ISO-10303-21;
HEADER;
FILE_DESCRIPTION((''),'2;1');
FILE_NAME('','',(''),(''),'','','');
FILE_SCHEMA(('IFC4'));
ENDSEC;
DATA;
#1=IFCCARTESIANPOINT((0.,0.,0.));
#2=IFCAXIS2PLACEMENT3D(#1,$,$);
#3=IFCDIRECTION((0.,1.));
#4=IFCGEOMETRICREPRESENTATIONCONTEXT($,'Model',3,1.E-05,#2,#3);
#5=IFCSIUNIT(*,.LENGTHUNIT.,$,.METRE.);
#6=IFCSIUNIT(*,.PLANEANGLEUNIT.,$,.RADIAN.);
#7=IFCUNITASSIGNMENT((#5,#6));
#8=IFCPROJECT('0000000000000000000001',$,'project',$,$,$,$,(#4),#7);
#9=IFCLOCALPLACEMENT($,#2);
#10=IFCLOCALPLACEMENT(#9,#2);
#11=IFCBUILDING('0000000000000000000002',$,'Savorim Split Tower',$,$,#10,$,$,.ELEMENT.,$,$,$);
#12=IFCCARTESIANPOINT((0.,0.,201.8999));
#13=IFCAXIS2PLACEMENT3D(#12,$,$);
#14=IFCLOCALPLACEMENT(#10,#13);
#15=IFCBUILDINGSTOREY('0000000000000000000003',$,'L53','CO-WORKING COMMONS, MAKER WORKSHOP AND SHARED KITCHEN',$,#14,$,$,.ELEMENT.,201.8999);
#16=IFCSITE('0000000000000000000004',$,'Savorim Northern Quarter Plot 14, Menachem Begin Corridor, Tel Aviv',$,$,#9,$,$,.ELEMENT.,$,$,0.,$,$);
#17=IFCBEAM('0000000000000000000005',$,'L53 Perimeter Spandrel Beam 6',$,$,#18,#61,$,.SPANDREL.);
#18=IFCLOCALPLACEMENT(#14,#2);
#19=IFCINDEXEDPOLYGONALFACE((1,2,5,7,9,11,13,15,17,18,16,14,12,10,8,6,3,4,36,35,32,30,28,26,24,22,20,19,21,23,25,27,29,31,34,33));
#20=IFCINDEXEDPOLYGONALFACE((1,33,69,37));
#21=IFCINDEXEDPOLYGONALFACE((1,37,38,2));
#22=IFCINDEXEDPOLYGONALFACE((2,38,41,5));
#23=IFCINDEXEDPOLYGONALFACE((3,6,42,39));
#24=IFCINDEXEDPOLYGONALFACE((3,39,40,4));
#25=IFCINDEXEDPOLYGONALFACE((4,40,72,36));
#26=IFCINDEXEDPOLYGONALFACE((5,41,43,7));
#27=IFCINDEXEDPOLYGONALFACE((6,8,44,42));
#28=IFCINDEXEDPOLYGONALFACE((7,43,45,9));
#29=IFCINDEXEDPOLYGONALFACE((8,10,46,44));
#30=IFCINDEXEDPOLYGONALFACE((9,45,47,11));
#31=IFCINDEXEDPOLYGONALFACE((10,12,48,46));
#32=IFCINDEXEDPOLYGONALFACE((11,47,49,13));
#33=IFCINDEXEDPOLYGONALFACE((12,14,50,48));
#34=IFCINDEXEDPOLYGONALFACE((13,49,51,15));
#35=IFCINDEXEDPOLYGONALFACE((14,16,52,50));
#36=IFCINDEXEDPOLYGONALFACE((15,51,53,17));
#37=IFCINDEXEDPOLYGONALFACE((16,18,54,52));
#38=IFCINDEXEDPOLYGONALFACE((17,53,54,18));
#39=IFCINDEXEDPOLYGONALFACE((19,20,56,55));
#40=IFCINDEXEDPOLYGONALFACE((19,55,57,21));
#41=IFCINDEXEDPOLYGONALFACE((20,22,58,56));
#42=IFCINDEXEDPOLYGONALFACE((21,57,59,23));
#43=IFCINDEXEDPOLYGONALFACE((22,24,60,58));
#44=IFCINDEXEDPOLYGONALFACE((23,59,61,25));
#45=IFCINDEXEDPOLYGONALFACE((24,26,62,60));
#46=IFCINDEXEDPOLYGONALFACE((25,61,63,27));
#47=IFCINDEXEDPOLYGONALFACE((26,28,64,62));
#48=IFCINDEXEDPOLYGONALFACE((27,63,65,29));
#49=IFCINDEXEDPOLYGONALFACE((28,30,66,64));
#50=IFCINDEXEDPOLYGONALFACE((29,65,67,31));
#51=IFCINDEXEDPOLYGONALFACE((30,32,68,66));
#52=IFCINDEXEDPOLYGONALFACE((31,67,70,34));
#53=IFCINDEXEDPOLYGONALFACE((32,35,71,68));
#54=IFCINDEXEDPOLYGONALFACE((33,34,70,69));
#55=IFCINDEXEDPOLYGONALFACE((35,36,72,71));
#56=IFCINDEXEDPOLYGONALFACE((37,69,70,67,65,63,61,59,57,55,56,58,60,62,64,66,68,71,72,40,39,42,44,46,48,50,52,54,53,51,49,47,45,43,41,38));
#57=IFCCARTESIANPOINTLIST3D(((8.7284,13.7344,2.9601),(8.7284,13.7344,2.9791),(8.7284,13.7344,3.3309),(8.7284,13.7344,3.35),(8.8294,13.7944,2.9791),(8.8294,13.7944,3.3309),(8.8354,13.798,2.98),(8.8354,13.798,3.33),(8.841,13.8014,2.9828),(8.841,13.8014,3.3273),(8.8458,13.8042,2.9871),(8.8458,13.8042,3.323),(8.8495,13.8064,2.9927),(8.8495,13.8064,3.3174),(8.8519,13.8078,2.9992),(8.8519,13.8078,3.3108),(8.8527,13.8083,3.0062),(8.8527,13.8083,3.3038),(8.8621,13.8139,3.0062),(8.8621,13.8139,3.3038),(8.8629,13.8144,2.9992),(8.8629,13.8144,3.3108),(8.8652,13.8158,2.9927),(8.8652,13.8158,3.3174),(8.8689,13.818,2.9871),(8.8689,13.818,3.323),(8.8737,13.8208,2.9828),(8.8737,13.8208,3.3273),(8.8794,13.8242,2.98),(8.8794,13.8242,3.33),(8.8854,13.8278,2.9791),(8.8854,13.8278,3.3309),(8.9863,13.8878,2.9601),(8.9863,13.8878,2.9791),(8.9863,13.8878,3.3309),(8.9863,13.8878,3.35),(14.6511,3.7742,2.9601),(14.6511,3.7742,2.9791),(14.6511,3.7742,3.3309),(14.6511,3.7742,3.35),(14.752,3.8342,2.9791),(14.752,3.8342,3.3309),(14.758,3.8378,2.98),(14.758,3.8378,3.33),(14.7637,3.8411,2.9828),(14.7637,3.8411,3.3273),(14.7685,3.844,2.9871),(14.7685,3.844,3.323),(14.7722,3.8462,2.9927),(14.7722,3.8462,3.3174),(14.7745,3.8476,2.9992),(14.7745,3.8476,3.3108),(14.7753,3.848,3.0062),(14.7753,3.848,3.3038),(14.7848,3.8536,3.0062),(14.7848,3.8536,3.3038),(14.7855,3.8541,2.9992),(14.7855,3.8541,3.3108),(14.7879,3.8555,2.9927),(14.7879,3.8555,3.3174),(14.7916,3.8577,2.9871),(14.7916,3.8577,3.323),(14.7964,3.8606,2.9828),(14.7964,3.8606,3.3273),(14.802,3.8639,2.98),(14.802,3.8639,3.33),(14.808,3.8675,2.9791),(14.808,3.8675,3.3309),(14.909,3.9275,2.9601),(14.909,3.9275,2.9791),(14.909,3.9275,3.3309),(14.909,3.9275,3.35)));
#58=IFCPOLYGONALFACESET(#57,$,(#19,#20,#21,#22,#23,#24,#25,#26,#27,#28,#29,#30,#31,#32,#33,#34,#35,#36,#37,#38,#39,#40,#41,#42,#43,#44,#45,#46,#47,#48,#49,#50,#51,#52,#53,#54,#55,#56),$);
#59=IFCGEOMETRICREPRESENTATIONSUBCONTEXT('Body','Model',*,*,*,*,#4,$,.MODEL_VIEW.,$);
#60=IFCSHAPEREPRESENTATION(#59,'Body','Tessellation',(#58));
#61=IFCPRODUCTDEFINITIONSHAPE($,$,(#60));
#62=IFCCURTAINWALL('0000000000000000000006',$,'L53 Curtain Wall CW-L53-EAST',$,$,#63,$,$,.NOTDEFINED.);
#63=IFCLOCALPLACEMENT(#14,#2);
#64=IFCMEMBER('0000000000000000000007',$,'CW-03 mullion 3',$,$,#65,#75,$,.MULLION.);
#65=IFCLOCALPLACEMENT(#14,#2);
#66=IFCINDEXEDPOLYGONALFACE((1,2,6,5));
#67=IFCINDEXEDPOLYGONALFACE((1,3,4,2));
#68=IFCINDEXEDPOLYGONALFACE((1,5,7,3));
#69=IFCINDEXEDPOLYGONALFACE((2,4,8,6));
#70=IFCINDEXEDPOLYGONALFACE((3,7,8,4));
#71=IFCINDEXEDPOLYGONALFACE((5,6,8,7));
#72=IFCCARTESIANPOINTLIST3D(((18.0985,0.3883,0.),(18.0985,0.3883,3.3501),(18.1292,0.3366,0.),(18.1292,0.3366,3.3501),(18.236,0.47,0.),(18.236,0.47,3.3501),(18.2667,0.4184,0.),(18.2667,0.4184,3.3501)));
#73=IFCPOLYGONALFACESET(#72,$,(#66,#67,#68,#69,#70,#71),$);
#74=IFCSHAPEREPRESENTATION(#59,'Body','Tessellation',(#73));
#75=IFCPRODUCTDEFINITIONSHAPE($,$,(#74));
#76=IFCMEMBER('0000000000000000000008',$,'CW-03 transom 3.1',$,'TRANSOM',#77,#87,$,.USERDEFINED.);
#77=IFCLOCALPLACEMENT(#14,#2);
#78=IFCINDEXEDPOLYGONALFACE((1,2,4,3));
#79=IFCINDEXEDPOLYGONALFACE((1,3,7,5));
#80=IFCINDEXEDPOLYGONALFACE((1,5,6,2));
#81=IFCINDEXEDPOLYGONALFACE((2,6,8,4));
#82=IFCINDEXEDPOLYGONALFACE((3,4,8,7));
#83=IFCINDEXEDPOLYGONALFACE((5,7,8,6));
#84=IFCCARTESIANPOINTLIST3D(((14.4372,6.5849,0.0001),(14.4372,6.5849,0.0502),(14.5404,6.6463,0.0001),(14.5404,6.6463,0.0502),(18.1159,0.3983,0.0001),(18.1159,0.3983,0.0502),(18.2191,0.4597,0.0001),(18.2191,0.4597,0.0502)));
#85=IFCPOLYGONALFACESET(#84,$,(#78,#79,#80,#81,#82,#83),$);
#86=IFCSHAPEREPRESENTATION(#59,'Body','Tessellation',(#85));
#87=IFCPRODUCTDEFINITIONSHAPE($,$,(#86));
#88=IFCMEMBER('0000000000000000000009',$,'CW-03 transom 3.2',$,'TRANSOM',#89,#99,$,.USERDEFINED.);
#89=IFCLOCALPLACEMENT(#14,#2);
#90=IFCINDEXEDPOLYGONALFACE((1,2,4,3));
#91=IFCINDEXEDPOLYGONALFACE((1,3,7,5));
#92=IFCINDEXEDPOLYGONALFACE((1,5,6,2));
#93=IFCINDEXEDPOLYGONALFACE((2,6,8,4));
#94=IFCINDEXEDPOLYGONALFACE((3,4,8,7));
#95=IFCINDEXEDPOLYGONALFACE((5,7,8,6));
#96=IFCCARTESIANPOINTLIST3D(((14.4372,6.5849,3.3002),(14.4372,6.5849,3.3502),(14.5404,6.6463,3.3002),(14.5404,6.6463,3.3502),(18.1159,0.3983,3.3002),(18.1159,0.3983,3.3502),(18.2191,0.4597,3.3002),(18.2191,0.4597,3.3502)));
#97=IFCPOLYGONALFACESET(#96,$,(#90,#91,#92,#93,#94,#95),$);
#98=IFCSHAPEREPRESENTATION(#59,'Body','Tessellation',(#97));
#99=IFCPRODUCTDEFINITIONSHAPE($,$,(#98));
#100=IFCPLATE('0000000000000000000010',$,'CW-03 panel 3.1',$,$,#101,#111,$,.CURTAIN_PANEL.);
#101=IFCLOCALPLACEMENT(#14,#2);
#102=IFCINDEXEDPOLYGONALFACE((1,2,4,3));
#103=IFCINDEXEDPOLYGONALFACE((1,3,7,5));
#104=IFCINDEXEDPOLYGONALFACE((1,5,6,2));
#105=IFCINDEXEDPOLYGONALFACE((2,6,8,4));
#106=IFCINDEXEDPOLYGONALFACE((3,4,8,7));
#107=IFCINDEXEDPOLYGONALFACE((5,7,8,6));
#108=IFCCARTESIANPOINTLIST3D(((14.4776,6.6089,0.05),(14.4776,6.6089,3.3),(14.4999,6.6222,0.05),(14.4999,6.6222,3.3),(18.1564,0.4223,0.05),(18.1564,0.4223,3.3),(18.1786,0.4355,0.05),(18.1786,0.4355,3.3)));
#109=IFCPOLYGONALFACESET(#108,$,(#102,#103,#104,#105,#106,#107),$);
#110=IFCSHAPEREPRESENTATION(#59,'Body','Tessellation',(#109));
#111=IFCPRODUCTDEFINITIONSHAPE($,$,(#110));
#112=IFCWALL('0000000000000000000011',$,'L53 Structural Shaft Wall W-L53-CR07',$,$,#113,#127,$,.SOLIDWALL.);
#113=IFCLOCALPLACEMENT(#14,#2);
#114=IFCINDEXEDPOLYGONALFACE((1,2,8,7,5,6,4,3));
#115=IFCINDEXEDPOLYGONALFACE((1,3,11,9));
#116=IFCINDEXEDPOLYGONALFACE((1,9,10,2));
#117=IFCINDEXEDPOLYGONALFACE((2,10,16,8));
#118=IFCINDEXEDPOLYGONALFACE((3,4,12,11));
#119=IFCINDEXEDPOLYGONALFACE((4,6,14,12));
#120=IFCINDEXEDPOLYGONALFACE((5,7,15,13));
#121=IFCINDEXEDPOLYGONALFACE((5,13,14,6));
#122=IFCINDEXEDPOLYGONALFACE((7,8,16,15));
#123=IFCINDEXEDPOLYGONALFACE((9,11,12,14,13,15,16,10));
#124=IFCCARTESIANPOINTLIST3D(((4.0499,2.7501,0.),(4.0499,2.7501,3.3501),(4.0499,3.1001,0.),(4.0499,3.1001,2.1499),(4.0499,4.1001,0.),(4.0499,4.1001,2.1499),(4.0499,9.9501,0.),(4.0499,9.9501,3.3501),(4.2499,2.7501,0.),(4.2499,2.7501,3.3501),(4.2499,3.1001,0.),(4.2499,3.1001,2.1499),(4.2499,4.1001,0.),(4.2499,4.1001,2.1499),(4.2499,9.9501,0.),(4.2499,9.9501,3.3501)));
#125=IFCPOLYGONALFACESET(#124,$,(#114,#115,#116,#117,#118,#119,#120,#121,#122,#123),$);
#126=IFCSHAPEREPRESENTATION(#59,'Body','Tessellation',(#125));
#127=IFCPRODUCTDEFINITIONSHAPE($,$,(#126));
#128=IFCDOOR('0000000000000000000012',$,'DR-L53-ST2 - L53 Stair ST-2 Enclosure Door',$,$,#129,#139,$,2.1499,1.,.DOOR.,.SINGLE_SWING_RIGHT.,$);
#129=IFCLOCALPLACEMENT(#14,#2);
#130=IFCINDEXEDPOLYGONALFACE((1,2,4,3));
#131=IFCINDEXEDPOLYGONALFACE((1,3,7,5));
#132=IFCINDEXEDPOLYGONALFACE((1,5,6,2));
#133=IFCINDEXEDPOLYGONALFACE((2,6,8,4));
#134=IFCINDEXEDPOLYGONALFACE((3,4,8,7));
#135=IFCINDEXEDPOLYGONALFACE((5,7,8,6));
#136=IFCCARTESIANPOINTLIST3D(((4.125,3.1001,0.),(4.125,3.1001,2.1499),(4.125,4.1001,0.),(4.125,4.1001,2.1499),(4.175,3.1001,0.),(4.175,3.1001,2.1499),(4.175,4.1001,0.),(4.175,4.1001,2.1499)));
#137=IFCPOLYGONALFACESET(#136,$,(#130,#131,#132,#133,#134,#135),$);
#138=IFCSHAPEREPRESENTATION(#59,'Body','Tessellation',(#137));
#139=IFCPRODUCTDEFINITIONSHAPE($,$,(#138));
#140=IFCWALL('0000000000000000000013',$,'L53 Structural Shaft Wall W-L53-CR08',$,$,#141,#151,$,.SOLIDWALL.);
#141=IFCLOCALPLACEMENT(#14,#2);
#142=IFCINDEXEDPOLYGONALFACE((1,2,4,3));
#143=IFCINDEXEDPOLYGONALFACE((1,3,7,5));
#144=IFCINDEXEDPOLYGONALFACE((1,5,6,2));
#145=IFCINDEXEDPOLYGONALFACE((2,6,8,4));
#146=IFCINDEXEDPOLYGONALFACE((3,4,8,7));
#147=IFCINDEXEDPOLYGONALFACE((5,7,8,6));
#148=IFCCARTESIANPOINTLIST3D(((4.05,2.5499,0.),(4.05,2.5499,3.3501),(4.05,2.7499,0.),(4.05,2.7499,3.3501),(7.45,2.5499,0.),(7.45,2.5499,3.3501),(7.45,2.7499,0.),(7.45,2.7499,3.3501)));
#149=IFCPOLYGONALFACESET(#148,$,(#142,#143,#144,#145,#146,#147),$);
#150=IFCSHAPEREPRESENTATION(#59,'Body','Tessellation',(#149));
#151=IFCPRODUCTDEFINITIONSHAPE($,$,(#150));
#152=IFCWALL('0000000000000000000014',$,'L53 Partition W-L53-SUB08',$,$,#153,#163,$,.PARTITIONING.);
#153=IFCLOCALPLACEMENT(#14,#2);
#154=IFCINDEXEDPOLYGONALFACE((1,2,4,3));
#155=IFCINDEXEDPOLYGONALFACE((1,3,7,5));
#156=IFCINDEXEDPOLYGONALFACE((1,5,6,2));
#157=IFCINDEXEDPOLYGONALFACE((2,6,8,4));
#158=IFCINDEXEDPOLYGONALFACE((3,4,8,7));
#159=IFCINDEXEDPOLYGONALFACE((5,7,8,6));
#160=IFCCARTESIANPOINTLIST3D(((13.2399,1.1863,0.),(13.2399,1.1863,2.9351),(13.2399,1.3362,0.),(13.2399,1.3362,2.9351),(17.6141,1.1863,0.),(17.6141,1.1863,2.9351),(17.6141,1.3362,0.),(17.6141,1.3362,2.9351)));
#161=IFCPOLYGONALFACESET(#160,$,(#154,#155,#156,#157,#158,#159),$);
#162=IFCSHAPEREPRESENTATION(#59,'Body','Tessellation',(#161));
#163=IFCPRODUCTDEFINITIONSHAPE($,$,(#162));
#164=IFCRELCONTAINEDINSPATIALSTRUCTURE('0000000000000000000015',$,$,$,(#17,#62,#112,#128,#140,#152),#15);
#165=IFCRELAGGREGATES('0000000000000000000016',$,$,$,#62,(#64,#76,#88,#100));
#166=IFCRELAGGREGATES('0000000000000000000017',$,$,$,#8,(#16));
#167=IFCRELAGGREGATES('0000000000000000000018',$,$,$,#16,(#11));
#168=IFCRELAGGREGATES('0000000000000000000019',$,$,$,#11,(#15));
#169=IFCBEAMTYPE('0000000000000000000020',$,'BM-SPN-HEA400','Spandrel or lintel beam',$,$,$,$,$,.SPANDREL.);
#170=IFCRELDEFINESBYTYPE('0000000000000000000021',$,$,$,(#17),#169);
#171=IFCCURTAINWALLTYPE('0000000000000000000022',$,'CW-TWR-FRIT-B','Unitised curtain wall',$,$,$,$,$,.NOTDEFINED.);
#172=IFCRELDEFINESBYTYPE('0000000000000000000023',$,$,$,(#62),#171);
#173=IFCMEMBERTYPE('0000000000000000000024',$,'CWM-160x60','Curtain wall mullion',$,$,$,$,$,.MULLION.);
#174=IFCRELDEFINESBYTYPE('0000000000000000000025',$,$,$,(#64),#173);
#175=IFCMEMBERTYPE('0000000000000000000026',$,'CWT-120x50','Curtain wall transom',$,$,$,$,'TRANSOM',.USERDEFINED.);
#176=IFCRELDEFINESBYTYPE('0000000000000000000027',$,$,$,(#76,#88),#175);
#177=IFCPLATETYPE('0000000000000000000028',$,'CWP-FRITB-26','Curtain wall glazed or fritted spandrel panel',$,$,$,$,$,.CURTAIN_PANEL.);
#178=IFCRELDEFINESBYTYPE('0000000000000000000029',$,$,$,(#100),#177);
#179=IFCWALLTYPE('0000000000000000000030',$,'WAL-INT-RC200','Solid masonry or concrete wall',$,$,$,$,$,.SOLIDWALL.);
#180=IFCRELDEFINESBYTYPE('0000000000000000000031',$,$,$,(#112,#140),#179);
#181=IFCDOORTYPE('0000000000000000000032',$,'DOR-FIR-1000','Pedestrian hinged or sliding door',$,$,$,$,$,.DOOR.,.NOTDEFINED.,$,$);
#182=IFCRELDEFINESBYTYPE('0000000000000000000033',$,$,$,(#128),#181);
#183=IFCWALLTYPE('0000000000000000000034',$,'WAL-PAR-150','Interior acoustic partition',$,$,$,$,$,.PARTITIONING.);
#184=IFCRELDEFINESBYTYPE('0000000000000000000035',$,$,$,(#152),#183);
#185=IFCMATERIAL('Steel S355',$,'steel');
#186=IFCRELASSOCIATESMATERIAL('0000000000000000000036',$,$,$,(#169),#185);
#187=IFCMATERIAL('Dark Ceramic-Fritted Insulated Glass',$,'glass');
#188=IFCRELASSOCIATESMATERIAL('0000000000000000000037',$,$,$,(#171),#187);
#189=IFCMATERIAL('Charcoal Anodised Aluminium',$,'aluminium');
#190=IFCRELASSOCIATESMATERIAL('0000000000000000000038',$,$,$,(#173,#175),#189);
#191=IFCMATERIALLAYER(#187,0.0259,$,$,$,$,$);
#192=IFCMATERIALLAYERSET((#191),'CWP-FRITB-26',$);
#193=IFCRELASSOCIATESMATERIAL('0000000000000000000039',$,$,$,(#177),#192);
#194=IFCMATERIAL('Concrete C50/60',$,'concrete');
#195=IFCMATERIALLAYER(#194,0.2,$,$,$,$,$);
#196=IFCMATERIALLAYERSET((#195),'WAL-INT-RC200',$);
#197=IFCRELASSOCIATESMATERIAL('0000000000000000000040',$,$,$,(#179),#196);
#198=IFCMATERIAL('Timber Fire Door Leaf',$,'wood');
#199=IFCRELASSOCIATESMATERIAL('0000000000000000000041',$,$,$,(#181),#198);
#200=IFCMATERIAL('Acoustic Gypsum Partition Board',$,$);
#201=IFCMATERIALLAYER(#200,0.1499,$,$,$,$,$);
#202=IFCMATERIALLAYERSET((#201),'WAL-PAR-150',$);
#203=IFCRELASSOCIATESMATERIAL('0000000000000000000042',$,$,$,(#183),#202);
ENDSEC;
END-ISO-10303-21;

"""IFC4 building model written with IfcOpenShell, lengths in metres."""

from ifc_helpers import new_model, si_unit, direction, frame, frame_2d, origin, origin_2d, place, context, subcontext, project, spatial, rectangle, i_section, extrude, material, layer, layer_set, material_profile, profile_set, type_object, element, fill, aggregate, save


model = new_model("IFC4")

# Units and contexts
model_context = context("Model", 3, precision=1e-05, world=origin(), true_north=direction((0.0, 1.0)))
body_context = subcontext(model_context, "Body", "Model", "MODEL_VIEW")
ifc_project = project(units=[si_unit("LENGTHUNIT", "METRE"), si_unit("PLANEANGLEUNIT", "RADIAN")], contexts=[model_context])

# Site, building, storey
site_placement = place(None, origin())
site = spatial("IfcSite", under=ifc_project, at=site_placement, Name="Savorim Northern Quarter Plot 14, Menachem Begin Corridor, Tel Aviv", CompositionType="ELEMENT", RefElevation=0.0)
building_placement = place(site_placement, origin())
building = spatial("IfcBuilding", under=site, at=building_placement, Name="Savorim Split Tower", CompositionType="ELEMENT")
storey_placement = place(building_placement, frame((0.0, 0.0, 201.8999)))
storey = spatial("IfcBuildingStorey", under=building, at=storey_placement, Name="L53", Description="CO-WORKING COMMONS, MAKER WORKSHOP AND SHARED KITCHEN", CompositionType="ELEMENT", Elevation=201.8999)

# Shared definitions
ifc_material_1 = material(Name="Steel S355", Category="steel")

# Beam
ifc_material_profile_1 = material_profile(ifc_material_1, i_section(OverallWidth=0.3, OverallDepth=0.3899, WebThickness=0.011, FlangeThickness=0.019, FilletRadius=0.0271, at=origin_2d()), Name="HEA 400")
ifc_profile_set_1 = profile_set([ifc_material_profile_1], Name="Steel S355")
beam_type_1 = type_object("IfcBeamType", Name="BM-SPN-HEA400", Description="Spandrel or lintel beam", PredefinedType="SPANDREL", material=ifc_profile_set_1)
beam_1_placement = place(storey_placement, frame((14.78, 3.8508, 3.155), z_axis=(-0.511096, 0.859524, 0.0), x_axis=(-0.859524, -0.511096, 0.0)))
element("IfcBeam", 1, at=beam_1_placement, inside=storey, type_object=beam_type_1, Name="L53 Perimeter Spandrel Beam 6", PredefinedType="SPANDREL", context=body_context, shape_type="SweptSolid", body=[
    extrude(i_section(OverallWidth=0.3, OverallDepth=0.3899, WebThickness=0.011, FlangeThickness=0.019, FilletRadius=0.0271, at=origin_2d()), origin(), (0.0, 0.0, 1.0), 11.5881),
])

# Curtain wall, members, plate
ifc_material_2 = material(Name="Dark Ceramic-Fritted Insulated Glass", Category="glass")
curtain_wall_type = type_object("IfcCurtainWallType", Name="CW-TWR-FRIT-B", Description="Unitised curtain wall", PredefinedType="NOTDEFINED", material=ifc_material_2)
curtain_wall_placement = place(storey_placement, origin())
curtain_wall = element("IfcCurtainWall", 2, at=curtain_wall_placement, inside=storey, type_object=curtain_wall_type, Name="L53 Curtain Wall CW-L53-EAST", PredefinedType="NOTDEFINED")
ifc_material_3 = material(Name="Charcoal Anodised Aluminium", Category="aluminium")
ifc_material_profile_2 = material_profile(ifc_material_3, rectangle(XDim=0.1599, YDim=0.0601, at=origin_2d()), Name="ALU-M 160x60")
ifc_profile_set_2 = profile_set([ifc_material_profile_2], Name="Charcoal Anodised Aluminium")
member_type_1 = type_object("IfcMemberType", Name="CWM-160x60", Description="Curtain wall mullion", PredefinedType="MULLION", material=ifc_profile_set_2)
member_1_placement = place(storey_placement, frame((18.1826, 0.4033, 0.0), z_axis=(0.0, 0.0, 1.0), x_axis=(-0.859526, -0.511092, 0.0)))
member_1 = element("IfcMember", 3, at=member_1_placement, type_object=member_type_1, Name="CW-03 mullion 3", PredefinedType="MULLION", context=body_context, shape_type="SweptSolid", body=[
    extrude(rectangle(XDim=0.1599, YDim=0.0601, at=origin_2d()), origin(), (0.0, 0.0, 1.0), 3.3501),
])
ifc_material_profile_3 = material_profile(ifc_material_3, rectangle(XDim=0.1201, YDim=0.05, at=origin_2d()), Name="ALU-T 120x50")
ifc_profile_set_3 = profile_set([ifc_material_profile_3], Name="Charcoal Anodised Aluminium")
member_type_2 = type_object("IfcMemberType", Name="CWT-120x50", Description="Curtain wall transom", ElementType="TRANSOM", PredefinedType="USERDEFINED", material=ifc_profile_set_3)
member_2_placement = place(storey_placement, frame((18.1675, 0.429, 0.0251), z_axis=(-0.511085, 0.85953, 0.0), x_axis=(-0.85953, -0.511085, 0.0)))
member_2 = element("IfcMember", 4, at=member_2_placement, type_object=member_type_2, Name="CW-03 transom 3.1", ObjectType="TRANSOM", PredefinedType="USERDEFINED", context=body_context, shape_type="SweptSolid", body=[
    extrude(rectangle(XDim=0.1201, YDim=0.05, at=origin_2d()), origin(), (0.0, 0.0, 1.0), 7.1978),
])
member_3_placement = place(storey_placement, frame((18.1675, 0.429, 3.3252), z_axis=(-0.511085, 0.85953, 0.0), x_axis=(-0.85953, -0.511085, 0.0)))
member_3 = element("IfcMember", 5, at=member_3_placement, type_object=member_type_2, Name="CW-03 transom 3.2", ObjectType="TRANSOM", PredefinedType="USERDEFINED", context=body_context, shape_type="SweptSolid", body=[
    extrude(rectangle(XDim=0.1201, YDim=0.05, at=origin_2d()), origin(), (0.0, 0.0, 1.0), 7.1978),
])
ifc_layer_1 = layer(ifc_material_2, 0.0259)
ifc_layer_set_1 = layer_set([ifc_layer_1], Name="CWP-FRITB-26")
plate_type = type_object("IfcPlateType", Name="CWP-FRITB-26", Description="Curtain wall glazed or fritted spandrel panel", PredefinedType="CURTAIN_PANEL", material=ifc_layer_set_1)
plate_placement = place(storey_placement, frame((16.3281, 3.5222, 0.05), z_axis=(0.0, 0.0, 1.0), x_axis=(-0.511092, 0.859526, 0.0)))
plate = element("IfcPlate", 6, at=plate_placement, type_object=plate_type, Name="CW-03 panel 3.1", PredefinedType="CURTAIN_PANEL", context=body_context, shape_type="SweptSolid", body=[
    extrude(rectangle(XDim=7.1978, YDim=0.0259, at=origin_2d()), origin(), (0.0, 0.0, 1.0), 3.25),
])
aggregate(curtain_wall, [member_1, member_2, member_3, plate])

# Wall, opening, door
ifc_material_4 = material(Name="Concrete C50/60", Category="concrete")
ifc_layer_2 = layer(ifc_material_4, 0.2)
ifc_layer_set_2 = layer_set([ifc_layer_2], Name="WAL-INT-RC200")
wall_type_1 = type_object("IfcWallType", Name="WAL-INT-RC200", Description="Solid masonry or concrete wall", PredefinedType="SOLIDWALL", material=ifc_layer_set_2)
wall_1_placement = place(storey_placement, frame((4.1499, 2.75, 0.0), z_axis=(0.0, 0.0, 1.0), x_axis=(0.0, 1.0, 0.0)))
wall_1 = element("IfcWall", 7, at=wall_1_placement, inside=storey, type_object=wall_type_1, Name="L53 Structural Shaft Wall W-L53-CR07", PredefinedType="SOLIDWALL", context=body_context, shape_type="SweptSolid", body=[
    extrude(rectangle(XDim=7.2, YDim=0.2, at=frame_2d((3.6001, 0.0))), origin(), (0.0, 0.0, 1.0), 3.3501),
])
opening_1_placement = place(wall_1_placement, frame((0.3501, 0.0, 0.0)))
opening_1 = element("IfcOpeningElement", 8, at=opening_1_placement, cuts=wall_1, PredefinedType="OPENING", context=body_context, shape_type="SweptSolid", body=[
    extrude(rectangle(XDim=1.0, YDim=2.1499, at=frame_2d((0.5, 1.075))), frame((0.0, 0.1099, 0.0), z_axis=(0.0, -1.0, 0.0), x_axis=(1.0, 0.0, 0.0)), (0.0, 0.0, 1.0), 0.22),
])
ifc_material_5 = material(Name="Timber Fire Door Leaf", Category="wood")
door_type_1 = type_object("IfcDoorType", Name="DOR-FIR-1000", Description="Pedestrian hinged or sliding door", OperationType="NOTDEFINED", PredefinedType="DOOR", material=ifc_material_5)
door_1_placement = place(opening_1_placement, origin())
door_1 = element("IfcDoor", 9, at=door_1_placement, inside=storey, type_object=door_type_1, Name="DR-L53-ST2 - L53 Stair ST-2 Enclosure Door", OperationType="SINGLE_SWING_RIGHT", OverallHeight=2.1499, OverallWidth=1.0, PredefinedType="DOOR", context=body_context, shape_type="SweptSolid", body=[
    extrude(rectangle(XDim=1.0, YDim=2.1499, at=frame_2d((0.5, 1.075))), frame((0.0, 0.0249, 0.0), z_axis=(0.0, -1.0, 0.0), x_axis=(1.0, 0.0, 0.0)), (0.0, 0.0, 1.0), 0.05),
])
fill(opening_1, door_1)

# Wall
wall_2_placement = place(storey_placement, frame((4.05, 2.6499, 0.0), z_axis=(0.0, 0.0, 1.0), x_axis=(1.0, 0.0, 0.0)))
element("IfcWall", 10, at=wall_2_placement, inside=storey, type_object=wall_type_1, Name="L53 Structural Shaft Wall W-L53-CR08", PredefinedType="SOLIDWALL", context=body_context, shape_type="SweptSolid", body=[
    extrude(rectangle(XDim=3.3999, YDim=0.2, at=frame_2d((1.7, 0.0))), origin(), (0.0, 0.0, 1.0), 3.3501),
])

# Wall
ifc_material_6 = material(Name="Acoustic Gypsum Partition Board")
ifc_layer_3 = layer(ifc_material_6, 0.1499)
ifc_layer_set_3 = layer_set([ifc_layer_3], Name="WAL-PAR-150")
wall_type_2 = type_object("IfcWallType", Name="WAL-PAR-150", Description="Interior acoustic partition", PredefinedType="PARTITIONING", material=ifc_layer_set_3)
wall_3_placement = place(storey_placement, frame((13.24, 1.2612, 0.0), z_axis=(0.0, 0.0, 1.0), x_axis=(1.0, 0.0, 0.0)))
element("IfcWall", 11, at=wall_3_placement, inside=storey, type_object=wall_type_2, Name="L53 Partition W-L53-SUB08", PredefinedType="PARTITIONING", context=body_context, shape_type="SweptSolid", body=[
    extrude(rectangle(XDim=4.3743, YDim=0.1499, at=frame_2d((2.187, 0.0))), origin(), (0.0, 0.0, 1.0), 2.9351),
])

save(model, "model.ifc")
